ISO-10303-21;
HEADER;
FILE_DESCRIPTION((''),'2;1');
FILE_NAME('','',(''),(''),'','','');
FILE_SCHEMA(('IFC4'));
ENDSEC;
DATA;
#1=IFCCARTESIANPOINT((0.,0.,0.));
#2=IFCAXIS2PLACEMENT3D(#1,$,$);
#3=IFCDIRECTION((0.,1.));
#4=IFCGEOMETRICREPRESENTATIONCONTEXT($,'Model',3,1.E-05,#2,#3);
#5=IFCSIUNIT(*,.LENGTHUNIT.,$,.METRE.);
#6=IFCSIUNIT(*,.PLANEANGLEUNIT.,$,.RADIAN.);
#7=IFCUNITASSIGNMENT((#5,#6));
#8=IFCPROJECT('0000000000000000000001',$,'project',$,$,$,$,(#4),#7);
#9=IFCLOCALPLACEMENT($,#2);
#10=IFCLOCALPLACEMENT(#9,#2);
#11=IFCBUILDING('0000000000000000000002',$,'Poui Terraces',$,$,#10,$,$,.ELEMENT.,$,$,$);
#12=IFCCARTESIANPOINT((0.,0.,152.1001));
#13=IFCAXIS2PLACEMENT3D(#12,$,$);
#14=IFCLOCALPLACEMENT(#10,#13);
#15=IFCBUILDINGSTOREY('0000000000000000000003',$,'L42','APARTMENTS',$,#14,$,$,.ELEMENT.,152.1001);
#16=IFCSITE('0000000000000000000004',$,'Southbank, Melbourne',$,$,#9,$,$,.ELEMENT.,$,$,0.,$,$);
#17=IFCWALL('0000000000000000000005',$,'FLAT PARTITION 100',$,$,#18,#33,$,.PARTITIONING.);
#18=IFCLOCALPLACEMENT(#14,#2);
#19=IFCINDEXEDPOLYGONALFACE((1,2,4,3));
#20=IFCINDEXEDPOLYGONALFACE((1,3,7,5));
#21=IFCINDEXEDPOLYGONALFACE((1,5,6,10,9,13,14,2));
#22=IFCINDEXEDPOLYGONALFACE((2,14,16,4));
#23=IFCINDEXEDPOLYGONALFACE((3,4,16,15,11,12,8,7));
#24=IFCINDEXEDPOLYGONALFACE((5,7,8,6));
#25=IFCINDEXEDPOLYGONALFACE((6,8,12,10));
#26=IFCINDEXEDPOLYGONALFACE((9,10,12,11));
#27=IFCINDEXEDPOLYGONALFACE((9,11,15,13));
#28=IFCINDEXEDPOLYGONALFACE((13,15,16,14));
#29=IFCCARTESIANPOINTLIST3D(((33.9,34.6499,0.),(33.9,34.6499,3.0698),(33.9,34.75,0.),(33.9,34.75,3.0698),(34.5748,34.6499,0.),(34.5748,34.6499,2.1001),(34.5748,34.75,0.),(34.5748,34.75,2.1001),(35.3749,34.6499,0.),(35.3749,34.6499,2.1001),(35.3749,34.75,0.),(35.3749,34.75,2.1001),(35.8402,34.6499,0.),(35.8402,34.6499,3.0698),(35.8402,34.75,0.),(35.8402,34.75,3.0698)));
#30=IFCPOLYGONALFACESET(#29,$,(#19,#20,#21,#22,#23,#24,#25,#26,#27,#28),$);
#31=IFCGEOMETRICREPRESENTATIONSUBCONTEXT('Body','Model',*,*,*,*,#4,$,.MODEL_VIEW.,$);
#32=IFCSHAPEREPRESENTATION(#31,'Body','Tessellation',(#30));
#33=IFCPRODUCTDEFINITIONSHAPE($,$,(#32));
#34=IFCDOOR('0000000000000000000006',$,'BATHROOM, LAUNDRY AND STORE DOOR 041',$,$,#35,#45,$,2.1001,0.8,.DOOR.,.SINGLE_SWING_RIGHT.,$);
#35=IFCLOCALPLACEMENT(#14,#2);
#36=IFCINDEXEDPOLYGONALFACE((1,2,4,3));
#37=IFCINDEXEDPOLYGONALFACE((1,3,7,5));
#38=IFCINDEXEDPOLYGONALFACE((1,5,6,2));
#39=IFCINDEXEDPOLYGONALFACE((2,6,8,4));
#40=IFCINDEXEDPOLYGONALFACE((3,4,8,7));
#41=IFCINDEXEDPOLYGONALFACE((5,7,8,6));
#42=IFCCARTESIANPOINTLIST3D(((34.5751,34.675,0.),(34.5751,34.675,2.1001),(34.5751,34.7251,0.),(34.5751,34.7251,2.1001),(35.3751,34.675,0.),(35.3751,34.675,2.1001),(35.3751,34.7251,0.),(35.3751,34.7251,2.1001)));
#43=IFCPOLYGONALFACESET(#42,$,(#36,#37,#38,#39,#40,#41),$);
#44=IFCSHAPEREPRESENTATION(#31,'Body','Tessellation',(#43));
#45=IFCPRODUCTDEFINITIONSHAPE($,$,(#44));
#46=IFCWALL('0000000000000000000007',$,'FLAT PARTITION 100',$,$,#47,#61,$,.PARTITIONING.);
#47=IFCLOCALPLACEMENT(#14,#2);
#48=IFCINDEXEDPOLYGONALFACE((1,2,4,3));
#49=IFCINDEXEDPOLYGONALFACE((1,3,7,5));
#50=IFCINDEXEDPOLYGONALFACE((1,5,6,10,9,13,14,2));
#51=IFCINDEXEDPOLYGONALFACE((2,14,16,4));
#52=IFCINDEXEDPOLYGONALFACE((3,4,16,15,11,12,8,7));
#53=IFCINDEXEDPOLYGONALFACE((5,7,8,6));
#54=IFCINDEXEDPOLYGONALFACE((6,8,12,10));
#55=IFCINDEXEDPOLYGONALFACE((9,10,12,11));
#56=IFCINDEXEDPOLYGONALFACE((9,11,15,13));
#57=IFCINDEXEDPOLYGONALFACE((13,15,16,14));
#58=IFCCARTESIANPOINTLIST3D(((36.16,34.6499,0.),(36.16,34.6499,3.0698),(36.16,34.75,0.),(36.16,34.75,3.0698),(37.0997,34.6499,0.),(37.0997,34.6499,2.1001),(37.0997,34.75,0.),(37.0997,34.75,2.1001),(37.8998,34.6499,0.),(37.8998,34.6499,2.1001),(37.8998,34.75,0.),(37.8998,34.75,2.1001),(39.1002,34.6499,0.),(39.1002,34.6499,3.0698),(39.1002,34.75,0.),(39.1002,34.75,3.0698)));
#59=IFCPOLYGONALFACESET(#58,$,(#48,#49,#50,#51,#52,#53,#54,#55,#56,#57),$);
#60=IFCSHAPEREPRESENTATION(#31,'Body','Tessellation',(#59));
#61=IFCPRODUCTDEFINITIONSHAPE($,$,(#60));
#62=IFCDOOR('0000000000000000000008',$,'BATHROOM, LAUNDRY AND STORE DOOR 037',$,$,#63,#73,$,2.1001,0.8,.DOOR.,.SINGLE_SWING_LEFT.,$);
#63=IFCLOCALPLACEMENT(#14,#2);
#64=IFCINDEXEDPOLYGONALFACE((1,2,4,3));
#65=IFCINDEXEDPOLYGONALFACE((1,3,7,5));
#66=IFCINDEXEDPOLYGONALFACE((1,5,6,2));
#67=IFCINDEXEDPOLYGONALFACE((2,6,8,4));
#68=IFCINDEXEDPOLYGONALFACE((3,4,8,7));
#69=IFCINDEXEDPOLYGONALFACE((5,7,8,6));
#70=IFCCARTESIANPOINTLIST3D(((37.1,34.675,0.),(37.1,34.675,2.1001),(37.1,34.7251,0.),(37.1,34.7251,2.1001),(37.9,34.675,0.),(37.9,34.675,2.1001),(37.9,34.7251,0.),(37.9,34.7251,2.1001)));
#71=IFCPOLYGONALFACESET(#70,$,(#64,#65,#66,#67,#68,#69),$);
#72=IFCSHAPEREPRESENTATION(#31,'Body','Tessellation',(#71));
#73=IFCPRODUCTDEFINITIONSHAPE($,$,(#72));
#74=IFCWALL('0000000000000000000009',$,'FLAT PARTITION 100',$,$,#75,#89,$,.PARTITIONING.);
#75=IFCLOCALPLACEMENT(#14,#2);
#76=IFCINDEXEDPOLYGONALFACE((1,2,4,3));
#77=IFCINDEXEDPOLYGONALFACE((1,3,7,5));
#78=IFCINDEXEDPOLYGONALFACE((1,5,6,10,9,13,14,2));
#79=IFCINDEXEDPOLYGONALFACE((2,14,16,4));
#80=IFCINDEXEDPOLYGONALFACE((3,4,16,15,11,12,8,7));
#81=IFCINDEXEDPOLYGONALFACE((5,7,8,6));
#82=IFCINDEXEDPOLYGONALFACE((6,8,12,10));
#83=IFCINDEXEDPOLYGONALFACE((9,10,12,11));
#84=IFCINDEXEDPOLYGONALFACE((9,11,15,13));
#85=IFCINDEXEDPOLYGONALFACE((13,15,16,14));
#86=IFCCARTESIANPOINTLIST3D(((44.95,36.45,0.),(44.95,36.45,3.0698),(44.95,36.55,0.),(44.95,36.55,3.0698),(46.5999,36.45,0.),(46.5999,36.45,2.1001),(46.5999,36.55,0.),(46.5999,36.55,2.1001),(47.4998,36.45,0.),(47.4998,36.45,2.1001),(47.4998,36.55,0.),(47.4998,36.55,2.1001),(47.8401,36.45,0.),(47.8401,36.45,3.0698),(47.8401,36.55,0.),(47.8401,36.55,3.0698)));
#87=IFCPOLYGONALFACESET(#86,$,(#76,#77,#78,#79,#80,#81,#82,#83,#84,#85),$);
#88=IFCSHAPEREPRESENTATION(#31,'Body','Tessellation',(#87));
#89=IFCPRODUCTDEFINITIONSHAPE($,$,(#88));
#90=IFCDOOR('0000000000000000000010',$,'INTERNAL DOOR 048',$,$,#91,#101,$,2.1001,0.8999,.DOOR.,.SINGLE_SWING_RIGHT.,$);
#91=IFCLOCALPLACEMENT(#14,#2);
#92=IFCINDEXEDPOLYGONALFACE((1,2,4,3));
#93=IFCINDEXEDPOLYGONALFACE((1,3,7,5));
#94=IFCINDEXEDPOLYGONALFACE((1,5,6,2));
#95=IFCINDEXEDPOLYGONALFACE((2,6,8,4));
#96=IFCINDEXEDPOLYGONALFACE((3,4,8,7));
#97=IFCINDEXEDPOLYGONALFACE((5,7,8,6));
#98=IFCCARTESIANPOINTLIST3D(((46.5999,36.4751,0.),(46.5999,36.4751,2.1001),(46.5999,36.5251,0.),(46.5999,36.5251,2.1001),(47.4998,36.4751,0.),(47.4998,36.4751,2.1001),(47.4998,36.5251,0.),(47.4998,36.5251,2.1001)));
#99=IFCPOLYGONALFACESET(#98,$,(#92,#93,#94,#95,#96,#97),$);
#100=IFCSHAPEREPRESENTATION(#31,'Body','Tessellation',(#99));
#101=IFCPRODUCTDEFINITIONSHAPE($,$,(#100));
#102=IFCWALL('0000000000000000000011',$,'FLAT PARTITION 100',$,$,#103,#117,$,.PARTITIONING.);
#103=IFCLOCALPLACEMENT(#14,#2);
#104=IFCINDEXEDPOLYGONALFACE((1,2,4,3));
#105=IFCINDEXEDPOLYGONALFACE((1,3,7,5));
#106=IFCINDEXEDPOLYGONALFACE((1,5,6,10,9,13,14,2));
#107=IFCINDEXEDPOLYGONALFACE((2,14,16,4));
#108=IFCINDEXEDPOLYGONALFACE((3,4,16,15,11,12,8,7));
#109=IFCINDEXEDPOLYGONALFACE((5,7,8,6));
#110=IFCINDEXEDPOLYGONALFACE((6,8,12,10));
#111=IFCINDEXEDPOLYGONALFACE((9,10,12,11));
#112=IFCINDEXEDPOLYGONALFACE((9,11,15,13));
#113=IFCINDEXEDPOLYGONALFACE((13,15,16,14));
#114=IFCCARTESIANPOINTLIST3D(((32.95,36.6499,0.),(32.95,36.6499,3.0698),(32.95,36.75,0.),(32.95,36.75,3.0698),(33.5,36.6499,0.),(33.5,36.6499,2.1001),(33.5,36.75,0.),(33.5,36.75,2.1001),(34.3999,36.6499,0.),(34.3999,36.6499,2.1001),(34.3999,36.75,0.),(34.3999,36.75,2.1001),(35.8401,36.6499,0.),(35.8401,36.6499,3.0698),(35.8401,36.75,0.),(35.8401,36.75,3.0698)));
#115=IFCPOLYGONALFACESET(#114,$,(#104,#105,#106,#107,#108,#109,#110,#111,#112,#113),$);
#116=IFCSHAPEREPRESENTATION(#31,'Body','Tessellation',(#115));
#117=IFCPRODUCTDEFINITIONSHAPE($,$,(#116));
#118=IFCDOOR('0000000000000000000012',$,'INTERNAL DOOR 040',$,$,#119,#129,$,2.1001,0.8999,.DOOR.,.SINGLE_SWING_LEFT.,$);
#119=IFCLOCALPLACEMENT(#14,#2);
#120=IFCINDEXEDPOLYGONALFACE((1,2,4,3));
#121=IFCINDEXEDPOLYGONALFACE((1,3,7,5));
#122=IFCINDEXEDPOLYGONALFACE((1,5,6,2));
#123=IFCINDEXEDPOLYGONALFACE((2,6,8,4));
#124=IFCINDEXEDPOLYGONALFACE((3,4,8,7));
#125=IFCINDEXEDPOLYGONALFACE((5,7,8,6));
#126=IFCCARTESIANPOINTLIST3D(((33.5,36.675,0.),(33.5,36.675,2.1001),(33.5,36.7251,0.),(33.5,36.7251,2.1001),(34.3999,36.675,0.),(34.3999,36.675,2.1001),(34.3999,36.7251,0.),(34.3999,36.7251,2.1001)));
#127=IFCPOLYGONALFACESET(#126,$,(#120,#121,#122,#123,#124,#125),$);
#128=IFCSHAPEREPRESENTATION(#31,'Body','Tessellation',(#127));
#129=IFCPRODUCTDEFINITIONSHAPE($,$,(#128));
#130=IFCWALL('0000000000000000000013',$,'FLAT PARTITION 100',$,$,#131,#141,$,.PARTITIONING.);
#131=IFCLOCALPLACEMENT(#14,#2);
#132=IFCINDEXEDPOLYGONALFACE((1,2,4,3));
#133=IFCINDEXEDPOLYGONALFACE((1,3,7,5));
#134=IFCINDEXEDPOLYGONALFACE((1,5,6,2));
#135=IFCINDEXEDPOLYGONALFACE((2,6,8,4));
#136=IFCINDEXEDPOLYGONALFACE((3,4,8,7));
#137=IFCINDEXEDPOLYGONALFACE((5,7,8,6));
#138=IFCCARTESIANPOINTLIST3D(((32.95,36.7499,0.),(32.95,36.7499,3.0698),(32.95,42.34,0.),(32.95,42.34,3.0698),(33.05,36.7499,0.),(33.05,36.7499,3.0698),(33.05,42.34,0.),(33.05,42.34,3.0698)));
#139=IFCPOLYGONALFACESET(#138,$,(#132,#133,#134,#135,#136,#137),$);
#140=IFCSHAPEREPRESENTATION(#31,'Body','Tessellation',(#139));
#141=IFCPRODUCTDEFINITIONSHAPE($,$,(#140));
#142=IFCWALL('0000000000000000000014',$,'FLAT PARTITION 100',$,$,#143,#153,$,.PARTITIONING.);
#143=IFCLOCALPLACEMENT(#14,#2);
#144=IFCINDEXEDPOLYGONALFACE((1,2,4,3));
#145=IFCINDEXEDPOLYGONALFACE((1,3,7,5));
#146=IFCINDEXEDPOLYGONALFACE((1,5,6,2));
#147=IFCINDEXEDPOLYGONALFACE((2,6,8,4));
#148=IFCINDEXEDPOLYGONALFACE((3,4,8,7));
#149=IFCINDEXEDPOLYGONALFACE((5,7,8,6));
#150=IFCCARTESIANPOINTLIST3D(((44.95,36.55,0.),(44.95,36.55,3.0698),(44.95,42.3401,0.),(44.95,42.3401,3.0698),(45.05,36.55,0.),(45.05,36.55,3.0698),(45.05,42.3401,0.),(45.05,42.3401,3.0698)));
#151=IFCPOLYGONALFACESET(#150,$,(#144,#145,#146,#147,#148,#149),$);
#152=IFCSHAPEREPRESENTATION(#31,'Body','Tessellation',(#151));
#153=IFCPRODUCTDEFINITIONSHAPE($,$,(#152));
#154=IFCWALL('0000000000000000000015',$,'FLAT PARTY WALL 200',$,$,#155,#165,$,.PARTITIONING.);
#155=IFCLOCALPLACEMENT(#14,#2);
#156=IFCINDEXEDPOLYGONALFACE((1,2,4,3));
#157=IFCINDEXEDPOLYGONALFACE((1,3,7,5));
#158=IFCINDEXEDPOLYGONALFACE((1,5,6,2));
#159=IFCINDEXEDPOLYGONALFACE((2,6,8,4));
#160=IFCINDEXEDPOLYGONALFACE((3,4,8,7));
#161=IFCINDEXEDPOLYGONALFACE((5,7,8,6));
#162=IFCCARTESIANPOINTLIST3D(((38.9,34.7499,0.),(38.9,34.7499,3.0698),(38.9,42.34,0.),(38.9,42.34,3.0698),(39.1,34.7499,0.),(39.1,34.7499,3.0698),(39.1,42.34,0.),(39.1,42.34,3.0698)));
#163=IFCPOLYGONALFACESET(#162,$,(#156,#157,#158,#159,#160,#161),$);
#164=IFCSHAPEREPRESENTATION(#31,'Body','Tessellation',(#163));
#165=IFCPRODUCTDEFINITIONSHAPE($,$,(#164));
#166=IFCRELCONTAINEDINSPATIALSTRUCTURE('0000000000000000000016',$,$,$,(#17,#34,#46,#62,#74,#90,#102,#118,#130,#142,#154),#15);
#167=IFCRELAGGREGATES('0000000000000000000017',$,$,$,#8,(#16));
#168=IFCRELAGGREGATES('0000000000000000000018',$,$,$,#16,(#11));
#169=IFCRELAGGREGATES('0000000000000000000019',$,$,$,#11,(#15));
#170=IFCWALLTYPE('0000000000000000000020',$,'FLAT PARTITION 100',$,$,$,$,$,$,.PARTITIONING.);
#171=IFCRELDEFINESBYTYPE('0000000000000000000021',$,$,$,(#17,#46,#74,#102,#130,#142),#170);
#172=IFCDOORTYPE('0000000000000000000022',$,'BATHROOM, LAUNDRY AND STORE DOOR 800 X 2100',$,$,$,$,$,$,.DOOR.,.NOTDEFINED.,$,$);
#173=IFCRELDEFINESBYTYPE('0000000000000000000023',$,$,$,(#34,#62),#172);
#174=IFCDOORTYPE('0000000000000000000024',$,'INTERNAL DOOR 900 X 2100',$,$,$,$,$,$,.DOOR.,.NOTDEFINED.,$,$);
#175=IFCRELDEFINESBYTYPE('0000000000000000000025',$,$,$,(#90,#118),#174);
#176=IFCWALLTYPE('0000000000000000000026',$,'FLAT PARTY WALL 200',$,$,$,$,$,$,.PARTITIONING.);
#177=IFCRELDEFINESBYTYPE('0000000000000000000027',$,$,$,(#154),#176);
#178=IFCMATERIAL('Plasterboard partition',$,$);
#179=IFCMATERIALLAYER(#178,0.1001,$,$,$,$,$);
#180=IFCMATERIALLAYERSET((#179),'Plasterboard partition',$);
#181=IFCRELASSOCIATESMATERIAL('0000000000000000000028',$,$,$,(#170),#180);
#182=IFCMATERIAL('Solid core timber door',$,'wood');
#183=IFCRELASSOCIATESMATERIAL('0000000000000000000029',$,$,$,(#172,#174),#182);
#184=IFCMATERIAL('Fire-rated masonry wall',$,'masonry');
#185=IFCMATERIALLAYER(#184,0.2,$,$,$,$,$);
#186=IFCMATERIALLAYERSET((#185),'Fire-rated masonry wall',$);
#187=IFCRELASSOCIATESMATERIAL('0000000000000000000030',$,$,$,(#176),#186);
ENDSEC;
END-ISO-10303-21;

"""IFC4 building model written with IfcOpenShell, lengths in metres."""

from ifc_helpers import new_model, si_unit, direction, frame, frame_2d, origin, place, context, subcontext, project, spatial, rectangle, extrude, material, layer, layer_set, type_object, element, fill, save


model = new_model("IFC4")

# Units and contexts
model_context = context("Model", 3, precision=1e-05, world=origin(), true_north=direction((0.0, 1.0)))
body_context = subcontext(model_context, "Body", "Model", "MODEL_VIEW")
ifc_project = project(units=[si_unit("LENGTHUNIT", "METRE"), si_unit("PLANEANGLEUNIT", "RADIAN")], contexts=[model_context])

# Site, building, storey
site_placement = place(None, origin())
site = spatial("IfcSite", under=ifc_project, at=site_placement, Name="Southbank, Melbourne", CompositionType="ELEMENT", RefElevation=0.0)
building_placement = place(site_placement, origin())
building = spatial("IfcBuilding", under=site, at=building_placement, Name="Poui Terraces", CompositionType="ELEMENT")
storey_placement = place(building_placement, frame((0.0, 0.0, 152.1001)))
storey = spatial("IfcBuildingStorey", under=building, at=storey_placement, Name="L42", Description="APARTMENTS", CompositionType="ELEMENT", Elevation=152.1001)

# Walls, openings, doors
ifc_material_1 = material(Name="Plasterboard partition")
ifc_layer_1 = layer(ifc_material_1, 0.1001)
ifc_layer_set_1 = layer_set([ifc_layer_1], Name="Plasterboard partition")
wall_type_1 = type_object("IfcWallType", Name="FLAT PARTITION 100", PredefinedType="PARTITIONING", material=ifc_layer_set_1)
wall_1_placement = place(storey_placement, frame((33.8999, 34.7, 0.0), z_axis=(0.0, 0.0, 1.0), x_axis=(1.0, 0.0, 0.0)))
wall_1 = element("IfcWall", 1, at=wall_1_placement, inside=storey, type_object=wall_type_1, Name="FLAT PARTITION 100", PredefinedType="PARTITIONING", context=body_context, shape_type="SweptSolid", body=[
    extrude(rectangle(XDim=1.9402, YDim=0.1001, at=frame_2d((0.9702, 0.0))), origin(), (0.0, 0.0, 1.0), 3.0698),
])
opening_1_placement = place(wall_1_placement, frame((0.675, 0.0, 0.0)))
opening_1 = element("IfcOpeningElement", 2, at=opening_1_placement, cuts=wall_1, PredefinedType="OPENING", context=body_context, shape_type="SweptSolid", body=[
    extrude(rectangle(XDim=0.8, YDim=2.1001, at=frame_2d((0.3999, 1.05))), frame((0.0, 0.0601, 0.0), z_axis=(0.0, -1.0, 0.0), x_axis=(1.0, 0.0, 0.0)), (0.0, 0.0, 1.0), 0.1201),
])
ifc_material_2 = material(Name="Solid core timber door", Category="wood")
door_type_1 = type_object("IfcDoorType", Name="BATHROOM, LAUNDRY AND STORE DOOR 800 X 2100", OperationType="NOTDEFINED", PredefinedType="DOOR", material=ifc_material_2)
door_1_placement = place(opening_1_placement, frame((0.8, 0.0, 0.0), z_axis=(0.0, 0.0, 1.0), x_axis=(-1.0, 0.0, 0.0)))
door_1 = element("IfcDoor", 3, at=door_1_placement, inside=storey, type_object=door_type_1, Name="BATHROOM, LAUNDRY AND STORE DOOR 041", OperationType="SINGLE_SWING_RIGHT", OverallHeight=2.1001, OverallWidth=0.8, PredefinedType="DOOR", context=body_context, shape_type="SweptSolid", body=[
    extrude(rectangle(XDim=0.8, YDim=2.1001, at=frame_2d((0.3999, 1.05))), frame((0.0, 0.0249, 0.0), z_axis=(0.0, -1.0, 0.0), x_axis=(1.0, 0.0, 0.0)), (0.0, 0.0, 1.0), 0.05),
])
fill(opening_1, door_1)
wall_2_placement = place(storey_placement, frame((36.1599, 34.7, 0.0), z_axis=(0.0, 0.0, 1.0), x_axis=(1.0, 0.0, 0.0)))
wall_2 = element("IfcWall", 4, at=wall_2_placement, inside=storey, type_object=wall_type_1, Name="FLAT PARTITION 100", PredefinedType="PARTITIONING", context=body_context, shape_type="SweptSolid", body=[
    extrude(rectangle(XDim=2.9402, YDim=0.1001, at=frame_2d((1.4702, 0.0))), origin(), (0.0, 0.0, 1.0), 3.0698),
])
opening_2_placement = place(wall_2_placement, frame((0.9399, 0.0, 0.0)))
opening_2 = element("IfcOpeningElement", 5, at=opening_2_placement, cuts=wall_2, PredefinedType="OPENING", context=body_context, shape_type="SweptSolid", body=[
    extrude(rectangle(XDim=0.8, YDim=2.1001, at=frame_2d((0.3999, 1.05))), frame((0.0, 0.0601, 0.0), z_axis=(0.0, -1.0, 0.0), x_axis=(1.0, 0.0, 0.0)), (0.0, 0.0, 1.0), 0.1201),
])
door_2_placement = place(opening_2_placement, frame((0.8, 0.0, 0.0), z_axis=(0.0, 0.0, 1.0), x_axis=(-1.0, 0.0, 0.0)))
door_2 = element("IfcDoor", 6, at=door_2_placement, inside=storey, type_object=door_type_1, Name="BATHROOM, LAUNDRY AND STORE DOOR 037", OperationType="SINGLE_SWING_LEFT", OverallHeight=2.1001, OverallWidth=0.8, PredefinedType="DOOR", context=body_context, shape_type="SweptSolid", body=[
    extrude(rectangle(XDim=0.8, YDim=2.1001, at=frame_2d((0.3999, 1.05))), frame((0.0, 0.0249, 0.0), z_axis=(0.0, -1.0, 0.0), x_axis=(1.0, 0.0, 0.0)), (0.0, 0.0, 1.0), 0.05),
])
fill(opening_2, door_2)
wall_3_placement = place(storey_placement, frame((44.95, 36.5, 0.0), z_axis=(0.0, 0.0, 1.0), x_axis=(1.0, 0.0, 0.0)))
wall_3 = element("IfcWall", 7, at=wall_3_placement, inside=storey, type_object=wall_type_1, Name="FLAT PARTITION 100", PredefinedType="PARTITIONING", context=body_context, shape_type="SweptSolid", body=[
    extrude(rectangle(XDim=2.8901, YDim=0.1001, at=frame_2d((1.4451, 0.0))), origin(), (0.0, 0.0, 1.0), 3.0698),
])
opening_3_placement = place(wall_3_placement, frame((1.6499, 0.0, 0.0)))
opening_3 = element("IfcOpeningElement", 8, at=opening_3_placement, cuts=wall_3, PredefinedType="OPENING", context=body_context, shape_type="SweptSolid", body=[
    extrude(rectangle(XDim=0.8999, YDim=2.1001, at=frame_2d((0.45, 1.05))), frame((0.0, 0.0601, 0.0), z_axis=(0.0, -1.0, 0.0), x_axis=(1.0, 0.0, 0.0)), (0.0, 0.0, 1.0), 0.1201),
])
door_type_2 = type_object("IfcDoorType", Name="INTERNAL DOOR 900 X 2100", OperationType="NOTDEFINED", PredefinedType="DOOR", material=ifc_material_2)
door_3_placement = place(opening_3_placement, frame((0.8999, 0.0, 0.0), z_axis=(0.0, 0.0, 1.0), x_axis=(-1.0, 0.0, 0.0)))
door_3 = element("IfcDoor", 9, at=door_3_placement, inside=storey, type_object=door_type_2, Name="INTERNAL DOOR 048", OperationType="SINGLE_SWING_RIGHT", OverallHeight=2.1001, OverallWidth=0.8999, PredefinedType="DOOR", context=body_context, shape_type="SweptSolid", body=[
    extrude(rectangle(XDim=0.8999, YDim=2.1001, at=frame_2d((0.45, 1.05))), frame((0.0, 0.0249, 0.0), z_axis=(0.0, -1.0, 0.0), x_axis=(1.0, 0.0, 0.0)), (0.0, 0.0, 1.0), 0.05),
])
fill(opening_3, door_3)
wall_4_placement = place(storey_placement, frame((32.95, 36.7, 0.0), z_axis=(0.0, 0.0, 1.0), x_axis=(1.0, 0.0, 0.0)))
wall_4 = element("IfcWall", 10, at=wall_4_placement, inside=storey, type_object=wall_type_1, Name="FLAT PARTITION 100", PredefinedType="PARTITIONING", context=body_context, shape_type="SweptSolid", body=[
    extrude(rectangle(XDim=2.8901, YDim=0.1001, at=frame_2d((1.4451, 0.0))), origin(), (0.0, 0.0, 1.0), 3.0698),
])
opening_4_placement = place(wall_4_placement, frame((0.55, 0.0, 0.0)))
opening_4 = element("IfcOpeningElement", 11, at=opening_4_placement, cuts=wall_4, PredefinedType="OPENING", context=body_context, shape_type="SweptSolid", body=[
    extrude(rectangle(XDim=0.8999, YDim=2.1001, at=frame_2d((0.45, 1.05))), frame((0.0, 0.0601, 0.0), z_axis=(0.0, -1.0, 0.0), x_axis=(1.0, 0.0, 0.0)), (0.0, 0.0, 1.0), 0.1201),
])
door_4_placement = place(opening_4_placement, frame((0.8999, 0.0, 0.0), z_axis=(0.0, 0.0, 1.0), x_axis=(-1.0, 0.0, 0.0)))
door_4 = element("IfcDoor", 12, at=door_4_placement, inside=storey, type_object=door_type_2, Name="INTERNAL DOOR 040", OperationType="SINGLE_SWING_LEFT", OverallHeight=2.1001, OverallWidth=0.8999, PredefinedType="DOOR", context=body_context, shape_type="SweptSolid", body=[
    extrude(rectangle(XDim=0.8999, YDim=2.1001, at=frame_2d((0.45, 1.05))), frame((0.0, 0.0249, 0.0), z_axis=(0.0, -1.0, 0.0), x_axis=(1.0, 0.0, 0.0)), (0.0, 0.0, 1.0), 0.05),
])
fill(opening_4, door_4)

# Walls
wall_5_placement = place(storey_placement, frame((33.0, 36.75, 0.0), z_axis=(0.0, 0.0, 1.0), x_axis=(0.0, 1.0, 0.0)))
element("IfcWall", 13, at=wall_5_placement, inside=storey, type_object=wall_type_1, Name="FLAT PARTITION 100", PredefinedType="PARTITIONING", context=body_context, shape_type="SweptSolid", body=[
    extrude(rectangle(XDim=5.5901, YDim=0.1001, at=frame_2d((2.7949, 0.0))), origin(), (0.0, 0.0, 1.0), 3.0698),
])
wall_6_placement = place(storey_placement, frame((45.0, 36.55, 0.0), z_axis=(0.0, 0.0, 1.0), x_axis=(0.0, 1.0, 0.0)))
element("IfcWall", 14, at=wall_6_placement, inside=storey, type_object=wall_type_1, Name="FLAT PARTITION 100", PredefinedType="PARTITIONING", context=body_context, shape_type="SweptSolid", body=[
    extrude(rectangle(XDim=5.79, YDim=0.1001, at=frame_2d((2.895, 0.0))), origin(), (0.0, 0.0, 1.0), 3.0698),
])
ifc_material_3 = material(Name="Fire-rated masonry wall", Category="masonry")
ifc_layer_2 = layer(ifc_material_3, 0.2)
ifc_layer_set_2 = layer_set([ifc_layer_2], Name="Fire-rated masonry wall")
wall_type_2 = type_object("IfcWallType", Name="FLAT PARTY WALL 200", PredefinedType="PARTITIONING", material=ifc_layer_set_2)
wall_7_placement = place(storey_placement, frame((39.0, 34.75, 0.0), z_axis=(0.0, 0.0, 1.0), x_axis=(0.0, 1.0, 0.0)))
element("IfcWall", 15, at=wall_7_placement, inside=storey, type_object=wall_type_2, Name="FLAT PARTY WALL 200", PredefinedType="PARTITIONING", context=body_context, shape_type="SweptSolid", body=[
    extrude(rectangle(XDim=7.5901, YDim=0.2, at=frame_2d((3.7949, 0.0))), origin(), (0.0, 0.0, 1.0), 3.0698),
])

save(model, "model.ifc")
